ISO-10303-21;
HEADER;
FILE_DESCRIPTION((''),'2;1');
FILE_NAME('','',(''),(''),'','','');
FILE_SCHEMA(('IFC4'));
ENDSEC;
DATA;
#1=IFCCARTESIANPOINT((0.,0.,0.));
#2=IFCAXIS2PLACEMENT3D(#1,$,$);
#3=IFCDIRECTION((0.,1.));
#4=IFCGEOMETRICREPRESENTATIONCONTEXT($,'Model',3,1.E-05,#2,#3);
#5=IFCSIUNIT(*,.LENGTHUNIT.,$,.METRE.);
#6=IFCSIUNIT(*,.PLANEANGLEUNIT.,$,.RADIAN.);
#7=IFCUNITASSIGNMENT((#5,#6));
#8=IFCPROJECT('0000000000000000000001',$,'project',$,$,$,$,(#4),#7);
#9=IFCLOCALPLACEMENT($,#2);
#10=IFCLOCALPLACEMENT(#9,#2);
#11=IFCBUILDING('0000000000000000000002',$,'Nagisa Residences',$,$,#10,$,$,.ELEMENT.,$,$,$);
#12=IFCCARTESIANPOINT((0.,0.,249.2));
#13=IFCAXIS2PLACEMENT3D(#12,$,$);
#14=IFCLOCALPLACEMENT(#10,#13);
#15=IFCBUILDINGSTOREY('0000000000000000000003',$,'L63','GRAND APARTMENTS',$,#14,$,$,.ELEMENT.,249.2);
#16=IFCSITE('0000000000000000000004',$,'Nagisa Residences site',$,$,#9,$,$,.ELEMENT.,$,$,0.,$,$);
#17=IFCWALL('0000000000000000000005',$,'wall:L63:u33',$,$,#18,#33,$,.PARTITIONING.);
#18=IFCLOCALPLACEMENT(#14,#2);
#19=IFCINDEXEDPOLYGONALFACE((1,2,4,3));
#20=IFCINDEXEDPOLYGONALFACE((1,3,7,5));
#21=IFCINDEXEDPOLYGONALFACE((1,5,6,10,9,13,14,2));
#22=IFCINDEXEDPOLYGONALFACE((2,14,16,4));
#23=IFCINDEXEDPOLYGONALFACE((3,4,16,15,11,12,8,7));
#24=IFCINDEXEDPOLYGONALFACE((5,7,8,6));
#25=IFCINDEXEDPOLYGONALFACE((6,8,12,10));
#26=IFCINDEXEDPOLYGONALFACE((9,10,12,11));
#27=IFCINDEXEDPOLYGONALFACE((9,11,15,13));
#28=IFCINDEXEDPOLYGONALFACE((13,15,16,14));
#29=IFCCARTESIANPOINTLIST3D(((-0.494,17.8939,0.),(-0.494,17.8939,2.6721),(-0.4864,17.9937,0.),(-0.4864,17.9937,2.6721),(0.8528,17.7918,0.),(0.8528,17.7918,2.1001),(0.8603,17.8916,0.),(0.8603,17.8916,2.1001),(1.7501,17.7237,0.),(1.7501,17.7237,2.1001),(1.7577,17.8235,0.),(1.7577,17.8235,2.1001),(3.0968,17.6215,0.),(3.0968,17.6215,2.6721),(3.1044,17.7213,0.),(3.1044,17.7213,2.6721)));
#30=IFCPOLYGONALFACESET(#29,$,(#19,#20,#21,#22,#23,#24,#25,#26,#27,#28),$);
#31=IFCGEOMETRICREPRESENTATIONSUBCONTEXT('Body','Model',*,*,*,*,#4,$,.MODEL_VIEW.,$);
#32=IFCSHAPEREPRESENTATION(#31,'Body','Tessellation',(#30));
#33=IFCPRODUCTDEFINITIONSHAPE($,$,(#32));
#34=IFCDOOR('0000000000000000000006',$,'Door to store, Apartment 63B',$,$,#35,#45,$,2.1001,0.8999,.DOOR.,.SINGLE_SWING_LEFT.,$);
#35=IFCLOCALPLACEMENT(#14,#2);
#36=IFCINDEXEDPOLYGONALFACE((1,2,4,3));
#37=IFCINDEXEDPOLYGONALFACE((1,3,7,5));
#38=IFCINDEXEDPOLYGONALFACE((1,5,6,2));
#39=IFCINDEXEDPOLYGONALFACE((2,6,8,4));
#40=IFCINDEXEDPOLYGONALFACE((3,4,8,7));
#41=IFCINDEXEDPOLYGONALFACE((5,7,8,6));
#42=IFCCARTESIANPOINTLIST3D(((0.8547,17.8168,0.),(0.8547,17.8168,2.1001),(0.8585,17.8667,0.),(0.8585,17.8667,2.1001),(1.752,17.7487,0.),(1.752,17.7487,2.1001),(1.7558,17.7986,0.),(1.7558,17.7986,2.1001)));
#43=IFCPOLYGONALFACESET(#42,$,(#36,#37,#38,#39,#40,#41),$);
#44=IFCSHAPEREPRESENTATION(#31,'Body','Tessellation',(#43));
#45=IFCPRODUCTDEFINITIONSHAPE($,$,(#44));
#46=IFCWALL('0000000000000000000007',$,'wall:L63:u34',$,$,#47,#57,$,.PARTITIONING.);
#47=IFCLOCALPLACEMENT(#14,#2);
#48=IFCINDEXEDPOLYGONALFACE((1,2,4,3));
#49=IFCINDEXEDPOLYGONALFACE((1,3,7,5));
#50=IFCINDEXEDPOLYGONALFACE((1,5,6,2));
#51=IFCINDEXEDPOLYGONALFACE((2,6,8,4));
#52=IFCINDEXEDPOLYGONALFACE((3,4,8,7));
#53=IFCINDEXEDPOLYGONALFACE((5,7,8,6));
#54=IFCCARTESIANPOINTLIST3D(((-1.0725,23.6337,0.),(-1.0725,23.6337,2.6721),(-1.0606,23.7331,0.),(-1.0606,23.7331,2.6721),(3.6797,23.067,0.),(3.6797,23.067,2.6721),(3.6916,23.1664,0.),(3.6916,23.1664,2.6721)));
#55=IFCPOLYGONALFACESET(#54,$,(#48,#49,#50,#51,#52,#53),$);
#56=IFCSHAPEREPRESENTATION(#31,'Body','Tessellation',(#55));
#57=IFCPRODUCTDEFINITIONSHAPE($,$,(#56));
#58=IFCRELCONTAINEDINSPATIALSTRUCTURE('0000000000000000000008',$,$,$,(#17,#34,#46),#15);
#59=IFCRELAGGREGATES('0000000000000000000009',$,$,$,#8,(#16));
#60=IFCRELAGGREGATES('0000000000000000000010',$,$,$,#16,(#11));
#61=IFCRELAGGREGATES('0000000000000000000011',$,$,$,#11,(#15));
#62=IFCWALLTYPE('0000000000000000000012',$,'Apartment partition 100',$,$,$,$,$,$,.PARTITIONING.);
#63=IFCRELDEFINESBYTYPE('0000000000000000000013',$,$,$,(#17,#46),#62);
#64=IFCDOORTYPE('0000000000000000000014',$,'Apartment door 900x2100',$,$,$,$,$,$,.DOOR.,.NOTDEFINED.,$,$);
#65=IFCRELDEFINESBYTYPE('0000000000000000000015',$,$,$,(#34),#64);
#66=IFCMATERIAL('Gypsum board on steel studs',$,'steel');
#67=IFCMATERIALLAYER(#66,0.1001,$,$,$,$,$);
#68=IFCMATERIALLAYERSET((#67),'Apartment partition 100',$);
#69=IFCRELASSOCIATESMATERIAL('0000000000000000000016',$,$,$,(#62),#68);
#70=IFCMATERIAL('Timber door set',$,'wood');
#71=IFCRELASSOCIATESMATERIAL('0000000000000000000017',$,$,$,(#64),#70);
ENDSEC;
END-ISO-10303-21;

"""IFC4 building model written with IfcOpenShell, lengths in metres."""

from ifc_helpers import new_model, si_unit, direction, frame, frame_2d, origin, place, context, subcontext, project, spatial, rectangle, extrude, material, layer, layer_set, type_object, element, fill, save


model = new_model("IFC4")

# Units and contexts
model_context = context("Model", 3, precision=1e-05, world=origin(), true_north=direction((0.0, 1.0)))
body_context = subcontext(model_context, "Body", "Model", "MODEL_VIEW")
ifc_project = project(units=[si_unit("LENGTHUNIT", "METRE"), si_unit("PLANEANGLEUNIT", "RADIAN")], contexts=[model_context])

# Site, building, storey
site_placement = place(None, origin())
site = spatial("IfcSite", under=ifc_project, at=site_placement, Name="Nagisa Residences site", CompositionType="ELEMENT", RefElevation=0.0)
building_placement = place(site_placement, origin())
building = spatial("IfcBuilding", under=site, at=building_placement, Name="Nagisa Residences", CompositionType="ELEMENT")
storey_placement = place(building_placement, frame((0.0, 0.0, 249.2)))
storey = spatial("IfcBuildingStorey", under=building, at=storey_placement, Name="L63", Description="GRAND APARTMENTS", CompositionType="ELEMENT", Elevation=249.2)

# Shared definitions
ifc_material_1 = material(Name="Gypsum board on steel studs", Category="steel")
ifc_layer_1 = layer(ifc_material_1, 0.1001)
ifc_layer_set_1 = layer_set([ifc_layer_1], Name="Apartment partition 100")
wall_type_1 = type_object("IfcWallType", Name="Apartment partition 100", PredefinedType="PARTITIONING", material=ifc_layer_set_1)

# Shared definitions
ifc_material_2 = material(Name="Timber door set", Category="wood")
door_type_1 = type_object("IfcDoorType", Name="Apartment door 900x2100", OperationType="NOTDEFINED", PredefinedType="DOOR", material=ifc_material_2)

# Wall, opening, door
wall_1_placement = place(storey_placement, frame((3.1006, 17.6714, 0.0), z_axis=(0.0, 0.0, 1.0), x_axis=(-0.997134, 0.07566, 0.0)))
wall_1 = element("IfcWall", 1, at=wall_1_placement, inside=storey, type_object=wall_type_1, Name="wall:L63:u33", PredefinedType="PARTITIONING", context=body_context, shape_type="SweptSolid", body=[
    extrude(rectangle(XDim=3.6011, YDim=0.1001, at=frame_2d((1.8005, 0.0))), origin(), (0.0, 0.0, 1.0), 2.6721),
])
opening_1_placement = place(wall_1_placement, frame((1.3506, 0.0, 0.0)))
opening_1 = element("IfcOpeningElement", 2, at=opening_1_placement, cuts=wall_1, PredefinedType="OPENING", context=body_context, shape_type="SweptSolid", body=[
    extrude(rectangle(XDim=0.8999, YDim=2.1001, at=frame_2d((0.45, 1.05))), frame((0.0, 0.0601, 0.0), z_axis=(0.0, -1.0, 0.0), x_axis=(1.0, 0.0, 0.0)), (0.0, 0.0, 1.0), 0.1201),
])
door_1_placement = place(opening_1_placement, origin())
door_1 = element("IfcDoor", 3, at=door_1_placement, inside=storey, type_object=door_type_1, Name="Door to store, Apartment 63B", OperationType="SINGLE_SWING_LEFT", OverallHeight=2.1001, OverallWidth=0.8999, PredefinedType="DOOR", context=body_context, shape_type="SweptSolid", body=[
    extrude(rectangle(XDim=0.8999, YDim=2.1001, at=frame_2d((0.45, 1.05))), frame((0.0, 0.0249, 0.0), z_axis=(0.0, -1.0, 0.0), x_axis=(1.0, 0.0, 0.0)), (0.0, 0.0, 1.0), 0.05),
])
fill(opening_1, door_1)

# Wall
wall_2_placement = place(storey_placement, frame((3.6858, 23.1167, 0.0), z_axis=(0.0, 0.0, 1.0), x_axis=(-0.992966, 0.118401, 0.0)))
element("IfcWall", 4, at=wall_2_placement, inside=storey, type_object=wall_type_1, Name="wall:L63:u34", PredefinedType="PARTITIONING", context=body_context, shape_type="SweptSolid", body=[
    extrude(rectangle(XDim=4.7859, YDim=0.1001, at=frame_2d((2.3931, 0.0))), origin(), (0.0, 0.0, 1.0), 2.6721),
])

save(model, "model.ifc")
